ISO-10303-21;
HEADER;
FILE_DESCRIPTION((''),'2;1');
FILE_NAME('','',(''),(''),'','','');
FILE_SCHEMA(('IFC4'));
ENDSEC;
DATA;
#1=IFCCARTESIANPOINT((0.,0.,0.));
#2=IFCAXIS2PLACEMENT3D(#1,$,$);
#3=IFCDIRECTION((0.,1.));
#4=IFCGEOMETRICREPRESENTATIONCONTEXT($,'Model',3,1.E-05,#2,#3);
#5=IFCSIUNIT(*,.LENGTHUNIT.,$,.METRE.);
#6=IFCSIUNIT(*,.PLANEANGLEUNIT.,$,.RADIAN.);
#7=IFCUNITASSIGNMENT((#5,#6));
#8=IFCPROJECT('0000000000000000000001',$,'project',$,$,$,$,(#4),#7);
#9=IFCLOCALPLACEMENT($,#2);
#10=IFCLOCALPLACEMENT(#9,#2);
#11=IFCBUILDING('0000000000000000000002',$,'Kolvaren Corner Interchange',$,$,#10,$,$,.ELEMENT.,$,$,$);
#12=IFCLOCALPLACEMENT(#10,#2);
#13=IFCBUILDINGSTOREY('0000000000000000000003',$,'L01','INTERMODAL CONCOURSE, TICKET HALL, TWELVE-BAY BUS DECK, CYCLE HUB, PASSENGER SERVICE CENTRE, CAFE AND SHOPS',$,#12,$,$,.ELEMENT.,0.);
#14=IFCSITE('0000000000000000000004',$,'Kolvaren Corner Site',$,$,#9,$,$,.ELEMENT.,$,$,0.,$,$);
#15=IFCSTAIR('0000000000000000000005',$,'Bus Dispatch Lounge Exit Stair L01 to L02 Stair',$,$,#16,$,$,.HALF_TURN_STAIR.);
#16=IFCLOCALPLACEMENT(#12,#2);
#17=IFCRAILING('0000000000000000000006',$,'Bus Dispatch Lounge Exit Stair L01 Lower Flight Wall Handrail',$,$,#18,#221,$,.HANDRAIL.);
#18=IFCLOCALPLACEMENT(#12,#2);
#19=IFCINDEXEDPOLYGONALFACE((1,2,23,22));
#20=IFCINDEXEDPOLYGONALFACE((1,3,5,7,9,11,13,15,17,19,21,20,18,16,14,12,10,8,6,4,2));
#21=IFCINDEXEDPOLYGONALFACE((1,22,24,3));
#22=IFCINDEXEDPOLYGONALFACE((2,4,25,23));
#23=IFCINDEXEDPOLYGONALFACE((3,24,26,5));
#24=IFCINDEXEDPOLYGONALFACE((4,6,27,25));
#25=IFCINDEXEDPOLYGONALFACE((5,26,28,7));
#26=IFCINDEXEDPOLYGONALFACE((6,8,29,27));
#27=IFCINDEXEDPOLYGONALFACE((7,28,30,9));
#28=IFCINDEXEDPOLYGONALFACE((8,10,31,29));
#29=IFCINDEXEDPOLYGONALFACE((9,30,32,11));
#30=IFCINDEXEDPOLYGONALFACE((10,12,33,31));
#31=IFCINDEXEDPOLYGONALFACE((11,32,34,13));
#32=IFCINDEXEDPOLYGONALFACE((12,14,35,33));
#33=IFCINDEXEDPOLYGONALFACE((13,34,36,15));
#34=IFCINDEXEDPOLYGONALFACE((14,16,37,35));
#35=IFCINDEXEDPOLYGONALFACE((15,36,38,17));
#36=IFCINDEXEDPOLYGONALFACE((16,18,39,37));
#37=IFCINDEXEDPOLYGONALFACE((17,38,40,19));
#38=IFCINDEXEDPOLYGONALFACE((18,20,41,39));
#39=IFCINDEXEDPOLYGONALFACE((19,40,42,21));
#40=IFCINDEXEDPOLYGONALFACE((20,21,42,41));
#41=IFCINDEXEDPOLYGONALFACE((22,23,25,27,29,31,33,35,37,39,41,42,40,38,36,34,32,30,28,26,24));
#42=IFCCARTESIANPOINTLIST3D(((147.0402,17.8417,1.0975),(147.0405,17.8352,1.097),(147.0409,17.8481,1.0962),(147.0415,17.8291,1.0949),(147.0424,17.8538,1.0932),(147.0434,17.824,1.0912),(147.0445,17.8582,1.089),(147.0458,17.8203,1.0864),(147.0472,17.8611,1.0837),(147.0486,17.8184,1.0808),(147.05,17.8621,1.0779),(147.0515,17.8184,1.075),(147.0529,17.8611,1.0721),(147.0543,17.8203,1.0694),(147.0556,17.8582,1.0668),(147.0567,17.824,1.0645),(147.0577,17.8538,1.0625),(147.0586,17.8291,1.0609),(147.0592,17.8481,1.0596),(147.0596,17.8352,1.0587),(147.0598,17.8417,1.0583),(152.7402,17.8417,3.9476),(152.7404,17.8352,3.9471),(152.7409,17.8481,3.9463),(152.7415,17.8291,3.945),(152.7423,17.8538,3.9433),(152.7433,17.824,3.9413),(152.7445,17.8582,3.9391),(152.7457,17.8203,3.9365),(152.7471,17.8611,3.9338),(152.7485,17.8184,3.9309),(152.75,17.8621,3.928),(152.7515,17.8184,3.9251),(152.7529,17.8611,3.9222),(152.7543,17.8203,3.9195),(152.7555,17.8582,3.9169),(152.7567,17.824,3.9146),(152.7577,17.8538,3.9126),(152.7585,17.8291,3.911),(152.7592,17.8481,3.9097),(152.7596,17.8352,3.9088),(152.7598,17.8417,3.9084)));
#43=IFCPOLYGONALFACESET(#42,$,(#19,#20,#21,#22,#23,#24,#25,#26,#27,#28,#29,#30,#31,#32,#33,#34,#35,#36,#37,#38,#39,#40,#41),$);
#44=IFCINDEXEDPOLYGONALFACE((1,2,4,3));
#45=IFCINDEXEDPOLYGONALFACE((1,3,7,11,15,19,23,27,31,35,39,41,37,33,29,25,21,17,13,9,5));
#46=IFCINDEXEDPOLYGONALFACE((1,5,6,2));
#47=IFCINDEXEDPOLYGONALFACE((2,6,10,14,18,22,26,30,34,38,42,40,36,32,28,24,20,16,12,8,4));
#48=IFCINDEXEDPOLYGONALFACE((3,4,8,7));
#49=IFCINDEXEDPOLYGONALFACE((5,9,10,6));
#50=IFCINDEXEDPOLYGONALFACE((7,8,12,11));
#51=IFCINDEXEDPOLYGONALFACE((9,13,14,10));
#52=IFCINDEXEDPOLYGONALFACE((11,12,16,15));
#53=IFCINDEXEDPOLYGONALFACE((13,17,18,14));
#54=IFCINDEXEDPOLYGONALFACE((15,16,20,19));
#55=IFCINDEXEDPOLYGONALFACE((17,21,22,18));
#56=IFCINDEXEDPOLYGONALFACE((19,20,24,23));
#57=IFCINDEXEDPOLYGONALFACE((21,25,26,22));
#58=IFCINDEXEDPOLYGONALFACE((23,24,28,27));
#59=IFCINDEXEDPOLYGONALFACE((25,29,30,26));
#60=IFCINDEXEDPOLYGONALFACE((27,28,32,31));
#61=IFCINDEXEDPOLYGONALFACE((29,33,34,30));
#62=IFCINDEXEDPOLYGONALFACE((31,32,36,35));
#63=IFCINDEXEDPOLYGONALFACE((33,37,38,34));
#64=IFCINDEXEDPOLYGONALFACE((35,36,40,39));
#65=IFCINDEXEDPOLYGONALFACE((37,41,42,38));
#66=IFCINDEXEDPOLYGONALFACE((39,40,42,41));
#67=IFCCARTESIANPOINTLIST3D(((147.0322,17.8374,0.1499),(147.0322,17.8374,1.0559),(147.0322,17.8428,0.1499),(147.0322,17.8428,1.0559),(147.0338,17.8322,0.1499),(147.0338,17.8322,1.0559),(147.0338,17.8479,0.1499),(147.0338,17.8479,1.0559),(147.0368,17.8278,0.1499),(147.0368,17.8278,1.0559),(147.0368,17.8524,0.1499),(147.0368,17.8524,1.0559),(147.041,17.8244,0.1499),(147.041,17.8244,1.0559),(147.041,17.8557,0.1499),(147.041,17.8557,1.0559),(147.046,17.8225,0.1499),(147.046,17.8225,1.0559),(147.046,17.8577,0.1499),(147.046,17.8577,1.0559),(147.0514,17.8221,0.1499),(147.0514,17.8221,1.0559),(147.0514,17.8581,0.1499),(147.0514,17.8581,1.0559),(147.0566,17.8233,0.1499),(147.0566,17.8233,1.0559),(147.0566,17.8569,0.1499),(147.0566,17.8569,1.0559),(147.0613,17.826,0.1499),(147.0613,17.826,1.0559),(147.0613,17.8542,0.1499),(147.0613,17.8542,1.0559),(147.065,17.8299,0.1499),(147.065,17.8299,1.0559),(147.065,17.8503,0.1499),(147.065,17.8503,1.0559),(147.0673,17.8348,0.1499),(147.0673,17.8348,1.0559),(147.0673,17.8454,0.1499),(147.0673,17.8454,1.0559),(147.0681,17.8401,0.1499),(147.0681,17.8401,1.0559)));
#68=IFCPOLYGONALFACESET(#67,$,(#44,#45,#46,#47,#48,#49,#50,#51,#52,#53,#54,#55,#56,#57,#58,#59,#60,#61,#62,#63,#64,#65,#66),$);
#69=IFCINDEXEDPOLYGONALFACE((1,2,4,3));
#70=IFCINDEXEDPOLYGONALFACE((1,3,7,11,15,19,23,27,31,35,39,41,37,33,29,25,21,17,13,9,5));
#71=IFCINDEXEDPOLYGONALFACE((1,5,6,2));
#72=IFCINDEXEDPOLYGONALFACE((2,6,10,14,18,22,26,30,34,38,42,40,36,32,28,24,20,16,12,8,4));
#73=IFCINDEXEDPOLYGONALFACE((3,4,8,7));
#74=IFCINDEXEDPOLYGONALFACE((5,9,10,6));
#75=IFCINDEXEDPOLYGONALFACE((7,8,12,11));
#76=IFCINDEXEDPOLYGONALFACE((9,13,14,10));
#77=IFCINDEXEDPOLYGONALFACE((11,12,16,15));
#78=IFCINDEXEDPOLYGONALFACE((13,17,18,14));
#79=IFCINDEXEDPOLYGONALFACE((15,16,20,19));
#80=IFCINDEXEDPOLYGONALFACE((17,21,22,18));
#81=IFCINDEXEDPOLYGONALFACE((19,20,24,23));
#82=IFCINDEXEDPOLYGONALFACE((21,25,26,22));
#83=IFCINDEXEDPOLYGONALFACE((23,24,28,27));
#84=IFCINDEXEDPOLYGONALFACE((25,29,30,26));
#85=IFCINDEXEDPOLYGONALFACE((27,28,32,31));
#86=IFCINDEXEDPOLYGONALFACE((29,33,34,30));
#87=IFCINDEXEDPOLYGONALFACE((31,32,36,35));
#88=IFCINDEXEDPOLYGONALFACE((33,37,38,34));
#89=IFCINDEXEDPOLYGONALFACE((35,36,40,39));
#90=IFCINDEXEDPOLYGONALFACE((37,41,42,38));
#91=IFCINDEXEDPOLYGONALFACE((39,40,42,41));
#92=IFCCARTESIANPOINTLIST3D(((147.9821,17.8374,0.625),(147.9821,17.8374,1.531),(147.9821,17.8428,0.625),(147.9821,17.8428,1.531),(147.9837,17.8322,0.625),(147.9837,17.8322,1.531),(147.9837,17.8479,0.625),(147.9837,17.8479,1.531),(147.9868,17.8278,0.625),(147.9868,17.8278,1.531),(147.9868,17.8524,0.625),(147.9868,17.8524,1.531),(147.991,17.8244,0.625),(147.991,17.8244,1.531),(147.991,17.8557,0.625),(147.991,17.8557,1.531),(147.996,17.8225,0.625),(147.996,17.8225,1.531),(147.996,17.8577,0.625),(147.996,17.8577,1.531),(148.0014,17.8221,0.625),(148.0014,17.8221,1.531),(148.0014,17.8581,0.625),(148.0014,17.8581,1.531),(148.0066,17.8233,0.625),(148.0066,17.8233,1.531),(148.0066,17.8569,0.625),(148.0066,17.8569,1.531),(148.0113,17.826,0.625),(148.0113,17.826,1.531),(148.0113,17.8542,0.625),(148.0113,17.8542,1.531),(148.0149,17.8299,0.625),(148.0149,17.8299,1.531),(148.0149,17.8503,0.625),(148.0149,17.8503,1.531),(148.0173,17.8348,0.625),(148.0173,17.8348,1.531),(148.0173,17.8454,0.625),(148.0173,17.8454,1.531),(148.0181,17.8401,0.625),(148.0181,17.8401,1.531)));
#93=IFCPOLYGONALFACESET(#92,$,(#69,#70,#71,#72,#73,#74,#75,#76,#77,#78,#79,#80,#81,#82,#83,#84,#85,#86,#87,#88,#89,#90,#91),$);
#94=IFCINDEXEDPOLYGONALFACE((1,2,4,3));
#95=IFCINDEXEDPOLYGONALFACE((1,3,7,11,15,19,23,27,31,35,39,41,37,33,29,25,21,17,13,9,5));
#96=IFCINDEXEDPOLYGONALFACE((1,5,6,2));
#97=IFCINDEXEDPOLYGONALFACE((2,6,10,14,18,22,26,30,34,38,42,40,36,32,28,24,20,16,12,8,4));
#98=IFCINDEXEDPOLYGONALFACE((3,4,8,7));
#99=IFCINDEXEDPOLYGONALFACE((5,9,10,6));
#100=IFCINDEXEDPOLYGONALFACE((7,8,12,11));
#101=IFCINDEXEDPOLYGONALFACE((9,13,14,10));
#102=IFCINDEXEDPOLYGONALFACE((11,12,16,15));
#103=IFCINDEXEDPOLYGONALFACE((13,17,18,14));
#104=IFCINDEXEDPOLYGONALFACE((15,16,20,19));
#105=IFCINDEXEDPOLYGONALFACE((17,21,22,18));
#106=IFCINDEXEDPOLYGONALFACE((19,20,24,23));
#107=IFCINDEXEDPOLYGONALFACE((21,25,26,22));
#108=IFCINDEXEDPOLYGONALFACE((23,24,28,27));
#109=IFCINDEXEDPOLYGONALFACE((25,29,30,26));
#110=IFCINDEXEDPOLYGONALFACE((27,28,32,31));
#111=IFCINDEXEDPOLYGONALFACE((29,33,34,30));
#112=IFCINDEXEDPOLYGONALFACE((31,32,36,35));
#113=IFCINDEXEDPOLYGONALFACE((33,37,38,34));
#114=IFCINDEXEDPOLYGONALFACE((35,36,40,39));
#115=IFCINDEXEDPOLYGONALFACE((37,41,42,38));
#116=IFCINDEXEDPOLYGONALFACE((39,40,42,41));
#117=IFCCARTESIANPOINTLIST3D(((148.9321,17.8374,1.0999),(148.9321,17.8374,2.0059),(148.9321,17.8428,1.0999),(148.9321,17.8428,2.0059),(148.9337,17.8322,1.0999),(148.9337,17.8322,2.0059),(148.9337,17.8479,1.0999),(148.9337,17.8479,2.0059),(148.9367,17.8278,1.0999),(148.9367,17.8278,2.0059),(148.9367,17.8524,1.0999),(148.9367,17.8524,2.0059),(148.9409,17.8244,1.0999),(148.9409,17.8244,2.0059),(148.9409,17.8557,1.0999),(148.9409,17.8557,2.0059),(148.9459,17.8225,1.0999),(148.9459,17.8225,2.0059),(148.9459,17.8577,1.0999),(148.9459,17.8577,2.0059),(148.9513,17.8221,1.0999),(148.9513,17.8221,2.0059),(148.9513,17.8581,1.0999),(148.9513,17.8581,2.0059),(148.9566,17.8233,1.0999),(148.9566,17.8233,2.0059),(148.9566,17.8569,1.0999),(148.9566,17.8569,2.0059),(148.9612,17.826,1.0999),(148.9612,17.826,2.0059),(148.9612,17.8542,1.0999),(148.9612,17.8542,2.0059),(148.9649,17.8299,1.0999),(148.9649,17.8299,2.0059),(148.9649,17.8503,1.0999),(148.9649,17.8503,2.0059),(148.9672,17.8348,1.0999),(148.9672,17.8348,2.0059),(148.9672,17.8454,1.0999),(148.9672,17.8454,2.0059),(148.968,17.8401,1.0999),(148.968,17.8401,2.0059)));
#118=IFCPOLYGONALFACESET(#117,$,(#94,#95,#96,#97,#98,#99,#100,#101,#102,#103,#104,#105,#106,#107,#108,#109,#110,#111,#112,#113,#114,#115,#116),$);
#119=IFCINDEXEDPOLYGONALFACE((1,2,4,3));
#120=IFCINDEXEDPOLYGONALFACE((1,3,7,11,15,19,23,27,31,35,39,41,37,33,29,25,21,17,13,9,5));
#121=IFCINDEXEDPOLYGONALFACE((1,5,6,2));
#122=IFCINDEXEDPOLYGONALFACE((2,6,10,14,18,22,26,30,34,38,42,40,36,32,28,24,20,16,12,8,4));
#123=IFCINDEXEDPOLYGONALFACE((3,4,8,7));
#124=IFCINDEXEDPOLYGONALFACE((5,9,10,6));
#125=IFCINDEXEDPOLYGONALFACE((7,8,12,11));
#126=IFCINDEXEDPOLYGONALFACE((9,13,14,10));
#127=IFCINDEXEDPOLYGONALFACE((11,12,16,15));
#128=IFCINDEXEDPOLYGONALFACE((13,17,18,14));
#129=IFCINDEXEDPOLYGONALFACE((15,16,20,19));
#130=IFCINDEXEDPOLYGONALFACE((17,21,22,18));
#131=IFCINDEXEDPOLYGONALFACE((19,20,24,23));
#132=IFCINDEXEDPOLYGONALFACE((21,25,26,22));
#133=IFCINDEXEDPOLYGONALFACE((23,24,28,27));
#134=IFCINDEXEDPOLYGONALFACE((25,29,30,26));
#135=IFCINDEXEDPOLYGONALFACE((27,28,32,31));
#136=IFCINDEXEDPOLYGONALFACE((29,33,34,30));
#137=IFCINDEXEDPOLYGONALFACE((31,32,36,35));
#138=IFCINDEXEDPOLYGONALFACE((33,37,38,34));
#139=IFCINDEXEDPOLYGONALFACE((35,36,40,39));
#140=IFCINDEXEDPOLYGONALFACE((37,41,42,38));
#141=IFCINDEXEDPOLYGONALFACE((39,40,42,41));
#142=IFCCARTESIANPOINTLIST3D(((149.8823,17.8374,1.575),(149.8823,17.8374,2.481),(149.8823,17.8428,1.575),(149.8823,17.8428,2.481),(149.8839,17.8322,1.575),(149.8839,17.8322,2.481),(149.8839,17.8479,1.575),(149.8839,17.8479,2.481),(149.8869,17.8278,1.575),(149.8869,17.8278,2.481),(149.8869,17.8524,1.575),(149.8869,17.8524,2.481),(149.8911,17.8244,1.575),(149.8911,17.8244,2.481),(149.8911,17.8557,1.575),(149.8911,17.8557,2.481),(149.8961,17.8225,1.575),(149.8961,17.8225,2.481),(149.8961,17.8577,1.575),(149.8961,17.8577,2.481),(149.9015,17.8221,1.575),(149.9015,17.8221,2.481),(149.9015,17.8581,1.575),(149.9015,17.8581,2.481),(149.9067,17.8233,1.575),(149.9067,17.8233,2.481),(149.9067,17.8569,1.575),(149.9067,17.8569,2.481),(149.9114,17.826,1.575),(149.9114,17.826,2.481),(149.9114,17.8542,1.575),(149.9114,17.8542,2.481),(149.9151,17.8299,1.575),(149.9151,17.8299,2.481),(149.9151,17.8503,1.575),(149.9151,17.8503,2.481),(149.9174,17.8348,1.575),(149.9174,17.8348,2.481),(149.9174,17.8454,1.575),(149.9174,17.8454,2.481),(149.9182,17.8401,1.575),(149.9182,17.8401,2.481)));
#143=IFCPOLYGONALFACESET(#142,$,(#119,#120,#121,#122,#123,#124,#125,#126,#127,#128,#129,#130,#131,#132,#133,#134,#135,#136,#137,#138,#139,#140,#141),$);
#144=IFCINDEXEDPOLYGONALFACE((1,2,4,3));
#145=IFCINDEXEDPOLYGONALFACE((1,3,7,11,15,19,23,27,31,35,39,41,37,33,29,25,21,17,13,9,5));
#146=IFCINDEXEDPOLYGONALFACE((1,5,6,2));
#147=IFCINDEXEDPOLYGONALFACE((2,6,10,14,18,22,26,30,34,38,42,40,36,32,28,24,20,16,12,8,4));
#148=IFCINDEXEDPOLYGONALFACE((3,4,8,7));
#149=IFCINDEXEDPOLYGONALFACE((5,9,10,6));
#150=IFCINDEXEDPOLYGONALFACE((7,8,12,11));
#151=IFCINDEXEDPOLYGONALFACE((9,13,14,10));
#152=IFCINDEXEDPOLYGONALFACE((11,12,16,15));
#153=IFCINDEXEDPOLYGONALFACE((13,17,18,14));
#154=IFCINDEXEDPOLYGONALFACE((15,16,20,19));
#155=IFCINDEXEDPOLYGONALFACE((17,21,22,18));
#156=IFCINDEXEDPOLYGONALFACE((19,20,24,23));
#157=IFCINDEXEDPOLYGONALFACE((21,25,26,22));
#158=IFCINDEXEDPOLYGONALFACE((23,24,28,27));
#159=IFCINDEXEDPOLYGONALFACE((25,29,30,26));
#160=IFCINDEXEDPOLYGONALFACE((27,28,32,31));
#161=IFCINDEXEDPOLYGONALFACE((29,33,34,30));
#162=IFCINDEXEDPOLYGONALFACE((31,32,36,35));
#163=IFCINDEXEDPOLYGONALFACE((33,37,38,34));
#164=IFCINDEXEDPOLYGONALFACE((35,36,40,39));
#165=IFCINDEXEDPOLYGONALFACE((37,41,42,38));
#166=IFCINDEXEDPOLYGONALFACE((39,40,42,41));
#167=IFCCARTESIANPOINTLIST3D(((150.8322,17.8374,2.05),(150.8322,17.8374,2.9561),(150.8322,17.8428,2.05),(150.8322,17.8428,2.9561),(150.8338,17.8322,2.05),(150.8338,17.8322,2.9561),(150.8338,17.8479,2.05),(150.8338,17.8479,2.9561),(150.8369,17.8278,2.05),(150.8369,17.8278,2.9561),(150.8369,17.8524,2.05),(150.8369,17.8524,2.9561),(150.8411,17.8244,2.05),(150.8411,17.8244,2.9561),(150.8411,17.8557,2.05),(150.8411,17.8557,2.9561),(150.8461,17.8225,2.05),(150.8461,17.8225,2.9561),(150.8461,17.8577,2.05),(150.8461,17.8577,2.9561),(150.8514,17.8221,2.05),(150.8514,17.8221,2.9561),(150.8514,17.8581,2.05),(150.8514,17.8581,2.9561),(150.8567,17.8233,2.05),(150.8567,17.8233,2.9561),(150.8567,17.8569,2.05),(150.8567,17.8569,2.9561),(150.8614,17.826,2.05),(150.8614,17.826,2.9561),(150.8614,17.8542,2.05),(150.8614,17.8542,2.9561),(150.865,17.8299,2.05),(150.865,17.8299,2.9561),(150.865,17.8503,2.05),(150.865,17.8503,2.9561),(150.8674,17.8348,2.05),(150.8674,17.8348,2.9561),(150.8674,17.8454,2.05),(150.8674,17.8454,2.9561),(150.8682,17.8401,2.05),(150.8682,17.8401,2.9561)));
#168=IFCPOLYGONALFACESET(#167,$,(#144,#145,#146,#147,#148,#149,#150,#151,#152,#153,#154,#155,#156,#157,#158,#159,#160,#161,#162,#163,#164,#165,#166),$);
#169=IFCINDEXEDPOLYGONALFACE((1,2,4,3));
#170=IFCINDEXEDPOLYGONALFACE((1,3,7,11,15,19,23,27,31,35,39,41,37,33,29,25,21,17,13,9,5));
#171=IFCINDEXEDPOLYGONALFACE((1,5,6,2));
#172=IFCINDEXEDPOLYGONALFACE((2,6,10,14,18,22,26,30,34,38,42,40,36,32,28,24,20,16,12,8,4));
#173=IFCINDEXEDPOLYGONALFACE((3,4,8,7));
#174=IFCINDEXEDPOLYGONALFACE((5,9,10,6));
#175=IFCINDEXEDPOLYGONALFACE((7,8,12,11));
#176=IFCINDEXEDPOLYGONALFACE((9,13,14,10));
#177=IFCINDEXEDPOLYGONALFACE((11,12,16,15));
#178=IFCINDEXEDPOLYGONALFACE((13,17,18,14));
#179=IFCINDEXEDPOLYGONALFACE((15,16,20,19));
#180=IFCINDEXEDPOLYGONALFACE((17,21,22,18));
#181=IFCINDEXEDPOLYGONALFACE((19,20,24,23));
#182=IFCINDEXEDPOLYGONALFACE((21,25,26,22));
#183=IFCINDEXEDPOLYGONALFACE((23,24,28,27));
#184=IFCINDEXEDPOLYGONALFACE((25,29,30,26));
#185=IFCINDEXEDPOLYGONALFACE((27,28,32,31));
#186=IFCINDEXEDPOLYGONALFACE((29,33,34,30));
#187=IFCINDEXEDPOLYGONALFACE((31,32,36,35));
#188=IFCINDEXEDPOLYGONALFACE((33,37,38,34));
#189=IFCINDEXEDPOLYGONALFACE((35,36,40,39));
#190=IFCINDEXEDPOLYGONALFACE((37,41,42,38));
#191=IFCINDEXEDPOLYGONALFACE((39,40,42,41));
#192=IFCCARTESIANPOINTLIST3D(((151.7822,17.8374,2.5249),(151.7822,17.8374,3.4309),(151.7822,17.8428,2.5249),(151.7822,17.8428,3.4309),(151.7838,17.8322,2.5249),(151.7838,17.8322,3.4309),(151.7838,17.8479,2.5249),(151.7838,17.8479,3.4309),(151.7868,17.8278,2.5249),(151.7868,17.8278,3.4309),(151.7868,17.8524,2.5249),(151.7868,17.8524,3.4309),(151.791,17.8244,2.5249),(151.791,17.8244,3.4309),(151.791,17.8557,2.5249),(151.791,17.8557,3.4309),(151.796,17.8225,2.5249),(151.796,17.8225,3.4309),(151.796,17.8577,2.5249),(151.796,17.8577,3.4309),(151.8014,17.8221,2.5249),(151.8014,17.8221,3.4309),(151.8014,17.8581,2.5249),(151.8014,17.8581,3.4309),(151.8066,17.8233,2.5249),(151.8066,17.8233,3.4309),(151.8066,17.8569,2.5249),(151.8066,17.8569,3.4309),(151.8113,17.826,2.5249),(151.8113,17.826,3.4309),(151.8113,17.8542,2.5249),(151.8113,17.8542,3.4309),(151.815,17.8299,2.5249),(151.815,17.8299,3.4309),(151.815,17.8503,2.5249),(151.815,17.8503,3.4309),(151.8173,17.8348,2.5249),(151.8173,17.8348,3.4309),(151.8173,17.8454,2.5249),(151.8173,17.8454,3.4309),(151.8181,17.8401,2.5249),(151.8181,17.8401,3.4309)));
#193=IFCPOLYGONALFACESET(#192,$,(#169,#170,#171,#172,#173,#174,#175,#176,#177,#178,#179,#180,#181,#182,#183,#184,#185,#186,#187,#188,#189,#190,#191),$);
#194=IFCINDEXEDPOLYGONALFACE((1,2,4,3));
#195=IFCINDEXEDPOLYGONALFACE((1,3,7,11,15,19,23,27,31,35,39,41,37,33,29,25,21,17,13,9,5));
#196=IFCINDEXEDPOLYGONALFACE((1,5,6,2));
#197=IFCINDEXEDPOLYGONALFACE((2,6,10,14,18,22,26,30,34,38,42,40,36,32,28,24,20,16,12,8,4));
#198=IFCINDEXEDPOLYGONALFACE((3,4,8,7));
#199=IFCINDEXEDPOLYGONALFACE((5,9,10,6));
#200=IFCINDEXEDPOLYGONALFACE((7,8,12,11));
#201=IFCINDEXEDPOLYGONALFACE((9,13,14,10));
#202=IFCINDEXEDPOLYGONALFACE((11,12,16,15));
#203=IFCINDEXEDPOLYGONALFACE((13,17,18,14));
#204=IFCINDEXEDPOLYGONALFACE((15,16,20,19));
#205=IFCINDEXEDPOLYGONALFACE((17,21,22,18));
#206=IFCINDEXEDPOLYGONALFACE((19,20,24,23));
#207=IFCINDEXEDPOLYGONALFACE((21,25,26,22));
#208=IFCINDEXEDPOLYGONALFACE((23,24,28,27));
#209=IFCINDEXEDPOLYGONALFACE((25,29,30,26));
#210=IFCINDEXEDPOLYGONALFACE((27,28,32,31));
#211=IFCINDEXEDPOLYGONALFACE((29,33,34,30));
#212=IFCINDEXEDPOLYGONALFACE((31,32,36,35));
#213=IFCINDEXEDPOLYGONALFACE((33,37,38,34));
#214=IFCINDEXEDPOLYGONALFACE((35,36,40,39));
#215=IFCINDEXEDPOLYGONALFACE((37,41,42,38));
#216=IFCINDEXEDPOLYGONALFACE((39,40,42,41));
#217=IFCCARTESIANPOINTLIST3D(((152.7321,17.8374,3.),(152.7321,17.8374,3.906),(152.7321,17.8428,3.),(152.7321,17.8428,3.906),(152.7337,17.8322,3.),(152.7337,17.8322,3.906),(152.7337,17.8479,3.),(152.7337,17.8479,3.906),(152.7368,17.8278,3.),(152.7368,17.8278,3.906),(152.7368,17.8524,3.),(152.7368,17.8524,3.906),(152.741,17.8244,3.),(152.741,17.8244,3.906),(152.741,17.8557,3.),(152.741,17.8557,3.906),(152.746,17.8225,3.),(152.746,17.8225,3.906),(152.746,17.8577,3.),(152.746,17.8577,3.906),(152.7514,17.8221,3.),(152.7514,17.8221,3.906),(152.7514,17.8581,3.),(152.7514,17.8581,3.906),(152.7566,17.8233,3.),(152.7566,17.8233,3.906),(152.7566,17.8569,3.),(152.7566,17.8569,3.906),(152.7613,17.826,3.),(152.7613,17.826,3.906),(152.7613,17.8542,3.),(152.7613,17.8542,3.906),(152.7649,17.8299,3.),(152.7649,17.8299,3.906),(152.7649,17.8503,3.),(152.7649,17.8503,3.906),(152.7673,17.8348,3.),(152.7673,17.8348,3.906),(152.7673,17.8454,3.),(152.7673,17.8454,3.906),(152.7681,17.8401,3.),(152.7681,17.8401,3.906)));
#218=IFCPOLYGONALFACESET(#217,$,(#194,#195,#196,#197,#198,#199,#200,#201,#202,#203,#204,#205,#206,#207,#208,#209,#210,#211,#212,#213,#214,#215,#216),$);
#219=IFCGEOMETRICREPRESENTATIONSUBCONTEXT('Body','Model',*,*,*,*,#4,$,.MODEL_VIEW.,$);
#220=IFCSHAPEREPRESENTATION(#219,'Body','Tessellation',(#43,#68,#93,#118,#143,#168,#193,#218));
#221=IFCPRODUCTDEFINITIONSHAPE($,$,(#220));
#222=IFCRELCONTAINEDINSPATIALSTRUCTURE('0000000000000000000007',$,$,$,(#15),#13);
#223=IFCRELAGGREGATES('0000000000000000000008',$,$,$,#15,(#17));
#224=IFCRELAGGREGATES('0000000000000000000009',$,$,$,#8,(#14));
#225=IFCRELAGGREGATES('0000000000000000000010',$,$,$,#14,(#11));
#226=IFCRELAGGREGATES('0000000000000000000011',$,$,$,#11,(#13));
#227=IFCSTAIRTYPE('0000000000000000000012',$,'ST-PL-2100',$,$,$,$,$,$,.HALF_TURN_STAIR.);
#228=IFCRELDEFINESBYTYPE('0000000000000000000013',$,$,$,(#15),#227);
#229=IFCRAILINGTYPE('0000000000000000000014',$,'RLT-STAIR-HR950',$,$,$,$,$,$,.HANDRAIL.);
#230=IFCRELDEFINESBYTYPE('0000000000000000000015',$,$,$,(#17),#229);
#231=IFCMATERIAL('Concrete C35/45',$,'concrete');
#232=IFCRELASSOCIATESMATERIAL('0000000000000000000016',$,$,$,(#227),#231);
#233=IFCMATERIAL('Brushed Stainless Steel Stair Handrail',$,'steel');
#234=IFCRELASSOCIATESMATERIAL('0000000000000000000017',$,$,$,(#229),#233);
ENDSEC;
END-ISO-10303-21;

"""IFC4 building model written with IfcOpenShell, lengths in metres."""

from ifc_helpers import new_model, si_unit, direction, frame, origin, origin_2d, place, context, subcontext, project, spatial, circle, extrude, material, type_object, element, aggregate, save


model = new_model("IFC4")

# Units and contexts
model_context = context("Model", 3, precision=1e-05, world=origin(), true_north=direction((0.0, 1.0)))
body_context = subcontext(model_context, "Body", "Model", "MODEL_VIEW")
ifc_project = project(units=[si_unit("LENGTHUNIT", "METRE"), si_unit("PLANEANGLEUNIT", "RADIAN")], contexts=[model_context])

# Site, building, storey
site_placement = place(None, origin())
site = spatial("IfcSite", under=ifc_project, at=site_placement, Name="Kolvaren Corner Site", CompositionType="ELEMENT", RefElevation=0.0)
building_placement = place(site_placement, origin())
building = spatial("IfcBuilding", under=site, at=building_placement, Name="Kolvaren Corner Interchange", CompositionType="ELEMENT")
storey_placement = place(building_placement, origin())
storey = spatial("IfcBuildingStorey", under=building, at=storey_placement, Name="L01", Description="INTERMODAL CONCOURSE, TICKET HALL, TWELVE-BAY BUS DECK, CYCLE HUB, PASSENGER SERVICE CENTRE, CAFE AND SHOPS", CompositionType="ELEMENT", Elevation=0.0)

# Stair, railing
ifc_material_1 = material(Name="Concrete C35/45", Category="concrete")
stair_type = type_object("IfcStairType", Name="ST-PL-2100", PredefinedType="HALF_TURN_STAIR", material=ifc_material_1)
stair_placement = place(storey_placement, origin())
stair = element("IfcStair", 1, at=stair_placement, inside=storey, type_object=stair_type, Name="Bus Dispatch Lounge Exit Stair L01 to L02 Stair", PredefinedType="HALF_TURN_STAIR")
ifc_material_2 = material(Name="Brushed Stainless Steel Stair Handrail", Category="steel")
railing_type_1 = type_object("IfcRailingType", Name="RLT-STAIR-HR950", PredefinedType="HANDRAIL", material=ifc_material_2)
railing_1_placement = place(storey_placement, frame((147.05, 17.8401, 0.1499)))
railing_1 = element("IfcRailing", 2, at=railing_1_placement, type_object=railing_type_1, Name="Bus Dispatch Lounge Exit Stair L01 Lower Flight Wall Handrail", PredefinedType="HANDRAIL", context=body_context, shape_type="SweptSolid", body=[
    extrude(circle(Radius=0.022, at=origin_2d()), frame((0.0, 0.0, 0.928), z_axis=(0.89442, 0.0, 0.447229), x_axis=(0.0, 1.0, 0.0)), (0.0, 0.0, 1.0), 6.3728),
    extrude(circle(Radius=0.0181, at=origin_2d()), origin(), (0.0, 0.0, 1.0), 0.906),
    extrude(circle(Radius=0.0181, at=origin_2d()), frame((0.95, 0.0, 0.4751)), (0.0, 0.0, 1.0), 0.906),
    extrude(circle(Radius=0.0181, at=origin_2d()), frame((1.8999, 0.0, 0.95)), (0.0, 0.0, 1.0), 0.906),
    extrude(circle(Radius=0.0181, at=origin_2d()), frame((2.8501, 0.0, 1.425)), (0.0, 0.0, 1.0), 0.906),
    extrude(circle(Radius=0.0181, at=origin_2d()), frame((3.8, 0.0, 1.9001)), (0.0, 0.0, 1.0), 0.906),
    extrude(circle(Radius=0.0181, at=origin_2d()), frame((4.75, 0.0, 2.375)), (0.0, 0.0, 1.0), 0.906),
    extrude(circle(Radius=0.0181, at=origin_2d()), frame((5.7, 0.0, 2.8501)), (0.0, 0.0, 1.0), 0.906),
])
aggregate(stair, [railing_1])

save(model, "model.ifc")
